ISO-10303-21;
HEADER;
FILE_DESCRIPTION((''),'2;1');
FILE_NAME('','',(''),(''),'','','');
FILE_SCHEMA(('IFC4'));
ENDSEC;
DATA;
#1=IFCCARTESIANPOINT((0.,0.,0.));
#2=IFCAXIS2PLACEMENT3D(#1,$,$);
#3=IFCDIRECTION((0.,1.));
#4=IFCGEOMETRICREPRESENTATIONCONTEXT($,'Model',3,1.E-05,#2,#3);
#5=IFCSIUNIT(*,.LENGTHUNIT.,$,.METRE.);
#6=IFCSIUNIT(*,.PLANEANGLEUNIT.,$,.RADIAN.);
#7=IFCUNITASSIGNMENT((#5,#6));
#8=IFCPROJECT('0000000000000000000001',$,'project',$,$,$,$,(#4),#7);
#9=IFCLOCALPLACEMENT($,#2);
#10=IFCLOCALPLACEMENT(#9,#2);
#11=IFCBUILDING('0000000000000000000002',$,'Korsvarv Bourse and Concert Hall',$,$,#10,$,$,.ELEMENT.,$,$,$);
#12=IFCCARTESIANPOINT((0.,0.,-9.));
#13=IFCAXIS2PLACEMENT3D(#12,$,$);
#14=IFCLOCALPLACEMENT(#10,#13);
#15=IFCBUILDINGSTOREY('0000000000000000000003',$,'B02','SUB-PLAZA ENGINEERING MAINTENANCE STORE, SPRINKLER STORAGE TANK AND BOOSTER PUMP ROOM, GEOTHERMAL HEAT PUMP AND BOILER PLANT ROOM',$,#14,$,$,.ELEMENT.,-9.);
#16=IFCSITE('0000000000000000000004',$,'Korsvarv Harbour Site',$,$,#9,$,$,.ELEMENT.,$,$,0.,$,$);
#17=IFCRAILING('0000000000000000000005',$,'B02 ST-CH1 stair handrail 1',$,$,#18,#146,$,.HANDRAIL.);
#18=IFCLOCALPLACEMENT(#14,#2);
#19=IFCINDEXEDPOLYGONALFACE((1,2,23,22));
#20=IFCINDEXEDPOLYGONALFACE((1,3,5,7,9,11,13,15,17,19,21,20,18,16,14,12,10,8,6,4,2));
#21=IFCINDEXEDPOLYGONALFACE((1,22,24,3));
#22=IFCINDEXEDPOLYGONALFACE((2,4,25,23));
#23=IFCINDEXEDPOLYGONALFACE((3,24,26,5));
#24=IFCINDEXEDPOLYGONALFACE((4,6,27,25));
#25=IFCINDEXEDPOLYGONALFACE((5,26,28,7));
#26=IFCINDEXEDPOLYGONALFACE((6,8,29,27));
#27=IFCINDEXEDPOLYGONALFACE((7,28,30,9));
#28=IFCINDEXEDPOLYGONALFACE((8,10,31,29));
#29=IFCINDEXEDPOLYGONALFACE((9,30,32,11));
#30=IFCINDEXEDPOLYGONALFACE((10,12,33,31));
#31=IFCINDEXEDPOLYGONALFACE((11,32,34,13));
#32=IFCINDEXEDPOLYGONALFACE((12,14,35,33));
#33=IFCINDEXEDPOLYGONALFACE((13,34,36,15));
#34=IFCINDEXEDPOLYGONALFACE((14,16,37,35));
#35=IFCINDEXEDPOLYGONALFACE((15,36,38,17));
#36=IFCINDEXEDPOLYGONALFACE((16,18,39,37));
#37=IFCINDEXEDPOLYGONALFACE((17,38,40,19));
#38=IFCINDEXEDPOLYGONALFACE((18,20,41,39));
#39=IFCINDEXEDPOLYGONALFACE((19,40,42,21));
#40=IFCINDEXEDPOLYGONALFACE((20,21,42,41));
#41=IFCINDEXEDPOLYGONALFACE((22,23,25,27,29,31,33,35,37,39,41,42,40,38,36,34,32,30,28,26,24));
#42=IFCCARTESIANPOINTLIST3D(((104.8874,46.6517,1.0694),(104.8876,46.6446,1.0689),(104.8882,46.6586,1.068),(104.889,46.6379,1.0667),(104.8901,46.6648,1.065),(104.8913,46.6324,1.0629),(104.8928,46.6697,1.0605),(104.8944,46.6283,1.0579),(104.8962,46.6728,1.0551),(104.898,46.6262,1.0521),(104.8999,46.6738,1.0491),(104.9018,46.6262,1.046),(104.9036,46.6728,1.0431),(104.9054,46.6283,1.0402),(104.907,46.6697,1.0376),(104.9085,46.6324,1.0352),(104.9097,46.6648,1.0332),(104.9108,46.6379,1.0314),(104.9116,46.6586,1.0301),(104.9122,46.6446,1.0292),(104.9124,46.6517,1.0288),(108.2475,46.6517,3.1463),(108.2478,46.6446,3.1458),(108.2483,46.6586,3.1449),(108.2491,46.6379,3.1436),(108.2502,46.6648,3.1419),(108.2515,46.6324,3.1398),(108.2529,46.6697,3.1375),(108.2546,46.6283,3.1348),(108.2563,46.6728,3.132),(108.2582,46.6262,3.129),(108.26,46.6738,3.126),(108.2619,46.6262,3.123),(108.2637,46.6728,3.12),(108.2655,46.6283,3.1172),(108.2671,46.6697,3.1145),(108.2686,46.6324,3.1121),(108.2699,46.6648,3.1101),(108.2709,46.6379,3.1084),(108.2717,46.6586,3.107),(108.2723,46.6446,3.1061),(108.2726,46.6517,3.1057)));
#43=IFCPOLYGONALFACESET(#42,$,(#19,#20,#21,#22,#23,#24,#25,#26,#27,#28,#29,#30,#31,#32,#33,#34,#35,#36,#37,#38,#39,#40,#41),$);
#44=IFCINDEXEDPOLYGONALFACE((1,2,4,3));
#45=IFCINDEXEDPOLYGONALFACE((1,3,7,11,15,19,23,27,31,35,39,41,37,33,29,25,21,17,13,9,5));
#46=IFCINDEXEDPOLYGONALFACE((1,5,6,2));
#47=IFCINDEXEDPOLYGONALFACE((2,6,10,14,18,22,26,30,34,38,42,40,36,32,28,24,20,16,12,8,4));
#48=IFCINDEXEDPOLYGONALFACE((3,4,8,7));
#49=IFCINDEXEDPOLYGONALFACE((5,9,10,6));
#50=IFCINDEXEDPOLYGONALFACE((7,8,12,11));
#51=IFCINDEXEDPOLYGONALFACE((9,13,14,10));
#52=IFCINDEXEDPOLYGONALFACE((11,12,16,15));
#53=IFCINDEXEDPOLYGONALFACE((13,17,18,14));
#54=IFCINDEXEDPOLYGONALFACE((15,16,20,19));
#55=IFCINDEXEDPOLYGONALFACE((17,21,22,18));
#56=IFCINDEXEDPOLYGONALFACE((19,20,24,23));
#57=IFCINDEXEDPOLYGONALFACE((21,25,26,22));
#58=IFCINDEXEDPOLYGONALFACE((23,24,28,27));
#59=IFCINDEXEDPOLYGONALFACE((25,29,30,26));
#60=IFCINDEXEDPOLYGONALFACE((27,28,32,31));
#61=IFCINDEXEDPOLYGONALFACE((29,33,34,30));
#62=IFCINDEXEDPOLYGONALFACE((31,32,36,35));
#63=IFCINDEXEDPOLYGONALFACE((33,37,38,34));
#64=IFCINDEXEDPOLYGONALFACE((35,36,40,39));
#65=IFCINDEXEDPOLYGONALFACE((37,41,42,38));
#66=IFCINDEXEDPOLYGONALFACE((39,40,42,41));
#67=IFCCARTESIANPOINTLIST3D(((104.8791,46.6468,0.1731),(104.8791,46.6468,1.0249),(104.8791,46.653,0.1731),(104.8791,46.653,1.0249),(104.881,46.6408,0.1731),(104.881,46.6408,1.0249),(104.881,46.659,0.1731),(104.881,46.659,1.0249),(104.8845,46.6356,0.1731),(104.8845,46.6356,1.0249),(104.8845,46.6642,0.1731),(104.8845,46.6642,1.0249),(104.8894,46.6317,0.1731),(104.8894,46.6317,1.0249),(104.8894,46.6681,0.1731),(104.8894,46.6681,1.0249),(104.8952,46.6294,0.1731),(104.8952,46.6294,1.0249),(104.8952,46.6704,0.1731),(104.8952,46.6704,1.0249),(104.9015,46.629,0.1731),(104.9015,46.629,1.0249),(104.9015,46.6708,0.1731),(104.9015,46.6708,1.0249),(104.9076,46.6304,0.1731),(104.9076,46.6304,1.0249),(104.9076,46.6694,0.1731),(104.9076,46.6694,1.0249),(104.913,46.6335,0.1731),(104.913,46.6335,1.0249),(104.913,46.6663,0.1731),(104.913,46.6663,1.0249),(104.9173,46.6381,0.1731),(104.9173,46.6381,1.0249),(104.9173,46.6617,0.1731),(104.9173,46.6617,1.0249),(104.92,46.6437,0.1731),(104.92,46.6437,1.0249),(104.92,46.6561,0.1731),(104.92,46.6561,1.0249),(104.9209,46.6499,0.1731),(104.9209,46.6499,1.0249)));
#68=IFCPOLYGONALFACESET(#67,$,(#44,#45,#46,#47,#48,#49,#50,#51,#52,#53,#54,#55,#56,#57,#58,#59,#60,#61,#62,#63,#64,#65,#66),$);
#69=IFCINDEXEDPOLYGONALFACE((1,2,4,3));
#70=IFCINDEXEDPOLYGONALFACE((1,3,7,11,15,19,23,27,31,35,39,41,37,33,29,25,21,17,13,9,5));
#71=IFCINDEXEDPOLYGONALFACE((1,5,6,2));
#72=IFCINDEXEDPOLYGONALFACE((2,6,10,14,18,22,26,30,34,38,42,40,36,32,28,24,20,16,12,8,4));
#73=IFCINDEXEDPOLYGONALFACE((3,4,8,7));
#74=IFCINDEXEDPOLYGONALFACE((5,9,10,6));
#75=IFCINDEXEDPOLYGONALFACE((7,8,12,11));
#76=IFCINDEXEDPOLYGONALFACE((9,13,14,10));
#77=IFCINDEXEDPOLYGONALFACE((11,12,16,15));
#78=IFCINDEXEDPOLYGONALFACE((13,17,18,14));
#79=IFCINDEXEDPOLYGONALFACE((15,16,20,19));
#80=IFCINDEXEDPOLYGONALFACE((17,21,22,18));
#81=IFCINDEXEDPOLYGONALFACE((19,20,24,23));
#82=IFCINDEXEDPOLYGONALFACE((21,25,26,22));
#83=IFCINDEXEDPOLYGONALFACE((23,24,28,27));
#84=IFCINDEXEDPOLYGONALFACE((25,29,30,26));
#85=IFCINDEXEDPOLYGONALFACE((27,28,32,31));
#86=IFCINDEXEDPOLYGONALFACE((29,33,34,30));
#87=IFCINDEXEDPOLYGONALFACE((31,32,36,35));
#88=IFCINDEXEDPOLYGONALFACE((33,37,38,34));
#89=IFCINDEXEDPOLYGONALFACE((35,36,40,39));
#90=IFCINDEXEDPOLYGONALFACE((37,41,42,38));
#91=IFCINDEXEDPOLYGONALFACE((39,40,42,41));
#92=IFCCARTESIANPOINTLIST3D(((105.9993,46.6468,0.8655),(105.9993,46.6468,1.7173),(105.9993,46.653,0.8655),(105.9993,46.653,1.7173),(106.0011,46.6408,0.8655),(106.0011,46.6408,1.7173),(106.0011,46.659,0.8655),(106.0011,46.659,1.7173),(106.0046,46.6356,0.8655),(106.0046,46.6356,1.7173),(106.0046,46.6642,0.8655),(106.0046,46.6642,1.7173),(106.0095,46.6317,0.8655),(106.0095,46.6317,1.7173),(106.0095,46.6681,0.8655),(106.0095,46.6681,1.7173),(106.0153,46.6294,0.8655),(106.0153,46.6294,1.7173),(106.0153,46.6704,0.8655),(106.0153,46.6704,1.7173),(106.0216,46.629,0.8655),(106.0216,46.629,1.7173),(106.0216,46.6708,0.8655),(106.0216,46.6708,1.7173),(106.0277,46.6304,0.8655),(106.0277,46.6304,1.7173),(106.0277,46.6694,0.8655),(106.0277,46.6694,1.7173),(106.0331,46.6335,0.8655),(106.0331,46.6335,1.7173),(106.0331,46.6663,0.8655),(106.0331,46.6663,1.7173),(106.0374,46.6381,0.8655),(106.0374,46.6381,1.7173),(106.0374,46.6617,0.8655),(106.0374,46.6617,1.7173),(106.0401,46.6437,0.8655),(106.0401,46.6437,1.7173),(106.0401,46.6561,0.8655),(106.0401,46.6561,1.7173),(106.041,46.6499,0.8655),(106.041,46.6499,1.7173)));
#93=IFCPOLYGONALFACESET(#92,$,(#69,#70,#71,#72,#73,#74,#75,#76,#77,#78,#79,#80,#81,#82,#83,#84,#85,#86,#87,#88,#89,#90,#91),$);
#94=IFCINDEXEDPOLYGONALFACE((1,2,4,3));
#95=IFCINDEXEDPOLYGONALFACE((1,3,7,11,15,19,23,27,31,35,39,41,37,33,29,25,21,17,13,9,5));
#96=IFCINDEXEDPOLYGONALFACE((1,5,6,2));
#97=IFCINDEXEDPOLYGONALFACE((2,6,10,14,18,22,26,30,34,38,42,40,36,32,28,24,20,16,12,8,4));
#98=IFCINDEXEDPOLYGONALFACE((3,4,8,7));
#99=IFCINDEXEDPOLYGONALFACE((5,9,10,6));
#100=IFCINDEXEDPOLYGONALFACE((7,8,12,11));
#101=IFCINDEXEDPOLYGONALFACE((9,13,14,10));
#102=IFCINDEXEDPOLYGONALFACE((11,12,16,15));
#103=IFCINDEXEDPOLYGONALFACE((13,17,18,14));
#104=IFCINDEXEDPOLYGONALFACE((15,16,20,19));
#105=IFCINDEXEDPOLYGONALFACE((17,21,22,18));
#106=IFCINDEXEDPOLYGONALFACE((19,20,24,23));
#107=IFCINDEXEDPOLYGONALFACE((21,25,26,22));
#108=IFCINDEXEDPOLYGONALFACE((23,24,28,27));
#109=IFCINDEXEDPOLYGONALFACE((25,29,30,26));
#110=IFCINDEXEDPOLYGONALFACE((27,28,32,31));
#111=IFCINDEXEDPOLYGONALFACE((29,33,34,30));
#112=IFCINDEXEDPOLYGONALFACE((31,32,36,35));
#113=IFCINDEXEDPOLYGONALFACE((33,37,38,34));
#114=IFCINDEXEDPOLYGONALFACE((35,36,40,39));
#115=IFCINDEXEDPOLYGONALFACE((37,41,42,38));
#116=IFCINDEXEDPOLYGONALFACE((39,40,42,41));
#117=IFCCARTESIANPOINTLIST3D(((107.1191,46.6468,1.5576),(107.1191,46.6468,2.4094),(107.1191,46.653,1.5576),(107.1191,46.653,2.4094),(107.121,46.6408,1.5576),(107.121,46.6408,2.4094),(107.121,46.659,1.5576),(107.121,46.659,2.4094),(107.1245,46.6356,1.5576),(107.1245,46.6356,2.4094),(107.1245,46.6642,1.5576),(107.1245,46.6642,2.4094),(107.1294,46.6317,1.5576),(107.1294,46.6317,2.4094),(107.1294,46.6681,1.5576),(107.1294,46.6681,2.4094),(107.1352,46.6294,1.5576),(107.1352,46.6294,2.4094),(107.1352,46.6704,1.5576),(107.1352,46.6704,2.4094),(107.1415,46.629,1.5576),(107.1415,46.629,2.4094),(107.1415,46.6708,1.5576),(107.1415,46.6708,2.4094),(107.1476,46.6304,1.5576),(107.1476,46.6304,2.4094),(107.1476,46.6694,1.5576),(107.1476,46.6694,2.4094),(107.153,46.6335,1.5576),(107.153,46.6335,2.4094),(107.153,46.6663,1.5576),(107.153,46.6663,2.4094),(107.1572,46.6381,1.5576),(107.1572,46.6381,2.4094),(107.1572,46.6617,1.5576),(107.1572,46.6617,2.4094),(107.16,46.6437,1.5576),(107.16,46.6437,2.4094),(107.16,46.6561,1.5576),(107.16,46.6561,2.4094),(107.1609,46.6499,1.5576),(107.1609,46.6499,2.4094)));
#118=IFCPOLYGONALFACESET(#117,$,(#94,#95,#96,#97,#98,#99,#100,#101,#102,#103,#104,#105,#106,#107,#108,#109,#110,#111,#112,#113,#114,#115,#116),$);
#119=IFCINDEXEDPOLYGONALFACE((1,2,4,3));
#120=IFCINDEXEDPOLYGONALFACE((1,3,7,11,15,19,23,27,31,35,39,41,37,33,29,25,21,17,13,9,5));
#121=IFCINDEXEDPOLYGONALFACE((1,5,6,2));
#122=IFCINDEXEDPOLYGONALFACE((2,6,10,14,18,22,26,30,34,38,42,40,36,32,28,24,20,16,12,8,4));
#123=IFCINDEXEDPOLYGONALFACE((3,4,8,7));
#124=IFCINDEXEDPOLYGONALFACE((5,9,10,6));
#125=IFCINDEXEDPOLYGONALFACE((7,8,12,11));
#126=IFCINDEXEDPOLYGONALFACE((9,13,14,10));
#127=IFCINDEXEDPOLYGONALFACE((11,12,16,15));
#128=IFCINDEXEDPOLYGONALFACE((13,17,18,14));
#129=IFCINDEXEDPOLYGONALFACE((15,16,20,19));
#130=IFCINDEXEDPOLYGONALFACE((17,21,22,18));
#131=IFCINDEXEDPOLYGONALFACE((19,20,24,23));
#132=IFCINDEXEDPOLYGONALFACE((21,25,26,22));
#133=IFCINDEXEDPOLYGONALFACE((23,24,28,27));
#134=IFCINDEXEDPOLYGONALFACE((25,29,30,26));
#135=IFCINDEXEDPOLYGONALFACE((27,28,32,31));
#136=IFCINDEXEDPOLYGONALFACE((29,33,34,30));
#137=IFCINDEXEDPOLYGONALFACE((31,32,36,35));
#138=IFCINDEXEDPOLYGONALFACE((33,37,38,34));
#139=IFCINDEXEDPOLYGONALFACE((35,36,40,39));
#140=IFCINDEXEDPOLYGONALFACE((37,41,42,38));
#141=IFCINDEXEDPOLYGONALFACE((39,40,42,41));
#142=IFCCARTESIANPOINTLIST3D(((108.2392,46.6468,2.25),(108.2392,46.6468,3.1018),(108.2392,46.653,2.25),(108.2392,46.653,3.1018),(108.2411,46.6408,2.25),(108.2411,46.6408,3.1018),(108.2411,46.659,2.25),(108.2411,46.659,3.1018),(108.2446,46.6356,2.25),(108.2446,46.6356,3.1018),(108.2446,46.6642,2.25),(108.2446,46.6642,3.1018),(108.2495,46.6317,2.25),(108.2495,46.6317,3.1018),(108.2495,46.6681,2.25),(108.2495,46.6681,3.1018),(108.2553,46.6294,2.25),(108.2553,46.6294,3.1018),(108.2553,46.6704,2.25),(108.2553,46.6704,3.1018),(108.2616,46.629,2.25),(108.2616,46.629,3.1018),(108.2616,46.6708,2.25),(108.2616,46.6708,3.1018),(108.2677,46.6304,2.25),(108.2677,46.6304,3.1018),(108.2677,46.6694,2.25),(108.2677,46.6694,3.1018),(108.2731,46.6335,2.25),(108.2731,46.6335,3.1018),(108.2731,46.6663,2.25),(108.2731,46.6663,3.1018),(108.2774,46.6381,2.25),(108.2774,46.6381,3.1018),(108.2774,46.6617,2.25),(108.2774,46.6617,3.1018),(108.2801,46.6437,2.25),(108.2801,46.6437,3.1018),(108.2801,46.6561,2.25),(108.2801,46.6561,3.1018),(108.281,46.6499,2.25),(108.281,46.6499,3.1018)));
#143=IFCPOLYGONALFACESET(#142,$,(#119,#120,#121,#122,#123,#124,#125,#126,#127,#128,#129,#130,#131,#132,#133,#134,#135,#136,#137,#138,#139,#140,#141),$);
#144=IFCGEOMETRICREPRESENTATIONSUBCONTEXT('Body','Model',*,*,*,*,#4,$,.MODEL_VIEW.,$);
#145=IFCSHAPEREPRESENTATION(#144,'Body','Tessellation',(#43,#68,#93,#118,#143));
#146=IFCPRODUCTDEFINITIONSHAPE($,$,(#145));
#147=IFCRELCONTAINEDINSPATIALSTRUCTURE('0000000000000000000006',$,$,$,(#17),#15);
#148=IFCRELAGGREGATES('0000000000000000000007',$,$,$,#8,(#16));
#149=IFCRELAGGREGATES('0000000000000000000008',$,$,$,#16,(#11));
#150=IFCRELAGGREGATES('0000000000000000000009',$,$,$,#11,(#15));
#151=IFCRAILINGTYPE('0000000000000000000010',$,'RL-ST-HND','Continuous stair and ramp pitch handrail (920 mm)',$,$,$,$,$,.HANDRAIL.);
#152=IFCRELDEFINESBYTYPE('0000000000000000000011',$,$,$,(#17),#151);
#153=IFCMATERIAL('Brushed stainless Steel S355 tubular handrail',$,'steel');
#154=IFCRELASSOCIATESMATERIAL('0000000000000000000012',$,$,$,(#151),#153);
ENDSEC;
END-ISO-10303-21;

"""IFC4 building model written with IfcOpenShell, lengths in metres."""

from ifc_helpers import new_model, si_unit, direction, frame, origin, origin_2d, place, context, subcontext, project, spatial, circle, extrude, material, type_object, element, save


model = new_model("IFC4")

# Units and contexts
model_context = context("Model", 3, precision=1e-05, world=origin(), true_north=direction((0.0, 1.0)))
body_context = subcontext(model_context, "Body", "Model", "MODEL_VIEW")
ifc_project = project(units=[si_unit("LENGTHUNIT", "METRE"), si_unit("PLANEANGLEUNIT", "RADIAN")], contexts=[model_context])

# Site, building, storey
site_placement = place(None, origin())
site = spatial("IfcSite", under=ifc_project, at=site_placement, Name="Korsvarv Harbour Site", CompositionType="ELEMENT", RefElevation=0.0)
building_placement = place(site_placement, origin())
building = spatial("IfcBuilding", under=site, at=building_placement, Name="Korsvarv Bourse and Concert Hall", CompositionType="ELEMENT")
storey_placement = place(building_placement, frame((0.0, 0.0, -9.0)))
storey = spatial("IfcBuildingStorey", under=building, at=storey_placement, Name="B02", Description="SUB-PLAZA ENGINEERING MAINTENANCE STORE, SPRINKLER STORAGE TANK AND BOOSTER PUMP ROOM, GEOTHERMAL HEAT PUMP AND BOILER PLANT ROOM", CompositionType="ELEMENT", Elevation=-9.0)

# Railing
ifc_material_1 = material(Name="Brushed stainless Steel S355 tubular handrail", Category="steel")
railing_type_1 = type_object("IfcRailingType", Name="RL-ST-HND", Description="Continuous stair and ramp pitch handrail (920 mm)", PredefinedType="HANDRAIL", material=ifc_material_1)
railing_1_placement = place(storey_placement, frame((104.8999, 46.6499, 0.1731)))
element("IfcRailing", 1, at=railing_1_placement, inside=storey, type_object=railing_type_1, Name="B02 ST-CH1 stair handrail 1", PredefinedType="HANDRAIL", context=body_context, shape_type="SweptSolid", body=[
    extrude(circle(Radius=0.0239, at=origin_2d()), frame((0.0, 0.0, 0.876), z_axis=(0.850623, 0.0, 0.525776), x_axis=(0.0, 1.0, 0.0)), (0.0, 0.0, 1.0), 3.9502),
    extrude(circle(Radius=0.021, at=origin_2d()), origin(), (0.0, 0.0, 1.0), 0.8518),
    extrude(circle(Radius=0.021, at=origin_2d()), frame((1.1201, 0.0, 0.6924)), (0.0, 0.0, 1.0), 0.8518),
    extrude(circle(Radius=0.021, at=origin_2d()), frame((2.24, 0.0, 1.3845)), (0.0, 0.0, 1.0), 0.8518),
    extrude(circle(Radius=0.021, at=origin_2d()), frame((3.3601, 0.0, 2.0769)), (0.0, 0.0, 1.0), 0.8518),
])

save(model, "model.ifc")
